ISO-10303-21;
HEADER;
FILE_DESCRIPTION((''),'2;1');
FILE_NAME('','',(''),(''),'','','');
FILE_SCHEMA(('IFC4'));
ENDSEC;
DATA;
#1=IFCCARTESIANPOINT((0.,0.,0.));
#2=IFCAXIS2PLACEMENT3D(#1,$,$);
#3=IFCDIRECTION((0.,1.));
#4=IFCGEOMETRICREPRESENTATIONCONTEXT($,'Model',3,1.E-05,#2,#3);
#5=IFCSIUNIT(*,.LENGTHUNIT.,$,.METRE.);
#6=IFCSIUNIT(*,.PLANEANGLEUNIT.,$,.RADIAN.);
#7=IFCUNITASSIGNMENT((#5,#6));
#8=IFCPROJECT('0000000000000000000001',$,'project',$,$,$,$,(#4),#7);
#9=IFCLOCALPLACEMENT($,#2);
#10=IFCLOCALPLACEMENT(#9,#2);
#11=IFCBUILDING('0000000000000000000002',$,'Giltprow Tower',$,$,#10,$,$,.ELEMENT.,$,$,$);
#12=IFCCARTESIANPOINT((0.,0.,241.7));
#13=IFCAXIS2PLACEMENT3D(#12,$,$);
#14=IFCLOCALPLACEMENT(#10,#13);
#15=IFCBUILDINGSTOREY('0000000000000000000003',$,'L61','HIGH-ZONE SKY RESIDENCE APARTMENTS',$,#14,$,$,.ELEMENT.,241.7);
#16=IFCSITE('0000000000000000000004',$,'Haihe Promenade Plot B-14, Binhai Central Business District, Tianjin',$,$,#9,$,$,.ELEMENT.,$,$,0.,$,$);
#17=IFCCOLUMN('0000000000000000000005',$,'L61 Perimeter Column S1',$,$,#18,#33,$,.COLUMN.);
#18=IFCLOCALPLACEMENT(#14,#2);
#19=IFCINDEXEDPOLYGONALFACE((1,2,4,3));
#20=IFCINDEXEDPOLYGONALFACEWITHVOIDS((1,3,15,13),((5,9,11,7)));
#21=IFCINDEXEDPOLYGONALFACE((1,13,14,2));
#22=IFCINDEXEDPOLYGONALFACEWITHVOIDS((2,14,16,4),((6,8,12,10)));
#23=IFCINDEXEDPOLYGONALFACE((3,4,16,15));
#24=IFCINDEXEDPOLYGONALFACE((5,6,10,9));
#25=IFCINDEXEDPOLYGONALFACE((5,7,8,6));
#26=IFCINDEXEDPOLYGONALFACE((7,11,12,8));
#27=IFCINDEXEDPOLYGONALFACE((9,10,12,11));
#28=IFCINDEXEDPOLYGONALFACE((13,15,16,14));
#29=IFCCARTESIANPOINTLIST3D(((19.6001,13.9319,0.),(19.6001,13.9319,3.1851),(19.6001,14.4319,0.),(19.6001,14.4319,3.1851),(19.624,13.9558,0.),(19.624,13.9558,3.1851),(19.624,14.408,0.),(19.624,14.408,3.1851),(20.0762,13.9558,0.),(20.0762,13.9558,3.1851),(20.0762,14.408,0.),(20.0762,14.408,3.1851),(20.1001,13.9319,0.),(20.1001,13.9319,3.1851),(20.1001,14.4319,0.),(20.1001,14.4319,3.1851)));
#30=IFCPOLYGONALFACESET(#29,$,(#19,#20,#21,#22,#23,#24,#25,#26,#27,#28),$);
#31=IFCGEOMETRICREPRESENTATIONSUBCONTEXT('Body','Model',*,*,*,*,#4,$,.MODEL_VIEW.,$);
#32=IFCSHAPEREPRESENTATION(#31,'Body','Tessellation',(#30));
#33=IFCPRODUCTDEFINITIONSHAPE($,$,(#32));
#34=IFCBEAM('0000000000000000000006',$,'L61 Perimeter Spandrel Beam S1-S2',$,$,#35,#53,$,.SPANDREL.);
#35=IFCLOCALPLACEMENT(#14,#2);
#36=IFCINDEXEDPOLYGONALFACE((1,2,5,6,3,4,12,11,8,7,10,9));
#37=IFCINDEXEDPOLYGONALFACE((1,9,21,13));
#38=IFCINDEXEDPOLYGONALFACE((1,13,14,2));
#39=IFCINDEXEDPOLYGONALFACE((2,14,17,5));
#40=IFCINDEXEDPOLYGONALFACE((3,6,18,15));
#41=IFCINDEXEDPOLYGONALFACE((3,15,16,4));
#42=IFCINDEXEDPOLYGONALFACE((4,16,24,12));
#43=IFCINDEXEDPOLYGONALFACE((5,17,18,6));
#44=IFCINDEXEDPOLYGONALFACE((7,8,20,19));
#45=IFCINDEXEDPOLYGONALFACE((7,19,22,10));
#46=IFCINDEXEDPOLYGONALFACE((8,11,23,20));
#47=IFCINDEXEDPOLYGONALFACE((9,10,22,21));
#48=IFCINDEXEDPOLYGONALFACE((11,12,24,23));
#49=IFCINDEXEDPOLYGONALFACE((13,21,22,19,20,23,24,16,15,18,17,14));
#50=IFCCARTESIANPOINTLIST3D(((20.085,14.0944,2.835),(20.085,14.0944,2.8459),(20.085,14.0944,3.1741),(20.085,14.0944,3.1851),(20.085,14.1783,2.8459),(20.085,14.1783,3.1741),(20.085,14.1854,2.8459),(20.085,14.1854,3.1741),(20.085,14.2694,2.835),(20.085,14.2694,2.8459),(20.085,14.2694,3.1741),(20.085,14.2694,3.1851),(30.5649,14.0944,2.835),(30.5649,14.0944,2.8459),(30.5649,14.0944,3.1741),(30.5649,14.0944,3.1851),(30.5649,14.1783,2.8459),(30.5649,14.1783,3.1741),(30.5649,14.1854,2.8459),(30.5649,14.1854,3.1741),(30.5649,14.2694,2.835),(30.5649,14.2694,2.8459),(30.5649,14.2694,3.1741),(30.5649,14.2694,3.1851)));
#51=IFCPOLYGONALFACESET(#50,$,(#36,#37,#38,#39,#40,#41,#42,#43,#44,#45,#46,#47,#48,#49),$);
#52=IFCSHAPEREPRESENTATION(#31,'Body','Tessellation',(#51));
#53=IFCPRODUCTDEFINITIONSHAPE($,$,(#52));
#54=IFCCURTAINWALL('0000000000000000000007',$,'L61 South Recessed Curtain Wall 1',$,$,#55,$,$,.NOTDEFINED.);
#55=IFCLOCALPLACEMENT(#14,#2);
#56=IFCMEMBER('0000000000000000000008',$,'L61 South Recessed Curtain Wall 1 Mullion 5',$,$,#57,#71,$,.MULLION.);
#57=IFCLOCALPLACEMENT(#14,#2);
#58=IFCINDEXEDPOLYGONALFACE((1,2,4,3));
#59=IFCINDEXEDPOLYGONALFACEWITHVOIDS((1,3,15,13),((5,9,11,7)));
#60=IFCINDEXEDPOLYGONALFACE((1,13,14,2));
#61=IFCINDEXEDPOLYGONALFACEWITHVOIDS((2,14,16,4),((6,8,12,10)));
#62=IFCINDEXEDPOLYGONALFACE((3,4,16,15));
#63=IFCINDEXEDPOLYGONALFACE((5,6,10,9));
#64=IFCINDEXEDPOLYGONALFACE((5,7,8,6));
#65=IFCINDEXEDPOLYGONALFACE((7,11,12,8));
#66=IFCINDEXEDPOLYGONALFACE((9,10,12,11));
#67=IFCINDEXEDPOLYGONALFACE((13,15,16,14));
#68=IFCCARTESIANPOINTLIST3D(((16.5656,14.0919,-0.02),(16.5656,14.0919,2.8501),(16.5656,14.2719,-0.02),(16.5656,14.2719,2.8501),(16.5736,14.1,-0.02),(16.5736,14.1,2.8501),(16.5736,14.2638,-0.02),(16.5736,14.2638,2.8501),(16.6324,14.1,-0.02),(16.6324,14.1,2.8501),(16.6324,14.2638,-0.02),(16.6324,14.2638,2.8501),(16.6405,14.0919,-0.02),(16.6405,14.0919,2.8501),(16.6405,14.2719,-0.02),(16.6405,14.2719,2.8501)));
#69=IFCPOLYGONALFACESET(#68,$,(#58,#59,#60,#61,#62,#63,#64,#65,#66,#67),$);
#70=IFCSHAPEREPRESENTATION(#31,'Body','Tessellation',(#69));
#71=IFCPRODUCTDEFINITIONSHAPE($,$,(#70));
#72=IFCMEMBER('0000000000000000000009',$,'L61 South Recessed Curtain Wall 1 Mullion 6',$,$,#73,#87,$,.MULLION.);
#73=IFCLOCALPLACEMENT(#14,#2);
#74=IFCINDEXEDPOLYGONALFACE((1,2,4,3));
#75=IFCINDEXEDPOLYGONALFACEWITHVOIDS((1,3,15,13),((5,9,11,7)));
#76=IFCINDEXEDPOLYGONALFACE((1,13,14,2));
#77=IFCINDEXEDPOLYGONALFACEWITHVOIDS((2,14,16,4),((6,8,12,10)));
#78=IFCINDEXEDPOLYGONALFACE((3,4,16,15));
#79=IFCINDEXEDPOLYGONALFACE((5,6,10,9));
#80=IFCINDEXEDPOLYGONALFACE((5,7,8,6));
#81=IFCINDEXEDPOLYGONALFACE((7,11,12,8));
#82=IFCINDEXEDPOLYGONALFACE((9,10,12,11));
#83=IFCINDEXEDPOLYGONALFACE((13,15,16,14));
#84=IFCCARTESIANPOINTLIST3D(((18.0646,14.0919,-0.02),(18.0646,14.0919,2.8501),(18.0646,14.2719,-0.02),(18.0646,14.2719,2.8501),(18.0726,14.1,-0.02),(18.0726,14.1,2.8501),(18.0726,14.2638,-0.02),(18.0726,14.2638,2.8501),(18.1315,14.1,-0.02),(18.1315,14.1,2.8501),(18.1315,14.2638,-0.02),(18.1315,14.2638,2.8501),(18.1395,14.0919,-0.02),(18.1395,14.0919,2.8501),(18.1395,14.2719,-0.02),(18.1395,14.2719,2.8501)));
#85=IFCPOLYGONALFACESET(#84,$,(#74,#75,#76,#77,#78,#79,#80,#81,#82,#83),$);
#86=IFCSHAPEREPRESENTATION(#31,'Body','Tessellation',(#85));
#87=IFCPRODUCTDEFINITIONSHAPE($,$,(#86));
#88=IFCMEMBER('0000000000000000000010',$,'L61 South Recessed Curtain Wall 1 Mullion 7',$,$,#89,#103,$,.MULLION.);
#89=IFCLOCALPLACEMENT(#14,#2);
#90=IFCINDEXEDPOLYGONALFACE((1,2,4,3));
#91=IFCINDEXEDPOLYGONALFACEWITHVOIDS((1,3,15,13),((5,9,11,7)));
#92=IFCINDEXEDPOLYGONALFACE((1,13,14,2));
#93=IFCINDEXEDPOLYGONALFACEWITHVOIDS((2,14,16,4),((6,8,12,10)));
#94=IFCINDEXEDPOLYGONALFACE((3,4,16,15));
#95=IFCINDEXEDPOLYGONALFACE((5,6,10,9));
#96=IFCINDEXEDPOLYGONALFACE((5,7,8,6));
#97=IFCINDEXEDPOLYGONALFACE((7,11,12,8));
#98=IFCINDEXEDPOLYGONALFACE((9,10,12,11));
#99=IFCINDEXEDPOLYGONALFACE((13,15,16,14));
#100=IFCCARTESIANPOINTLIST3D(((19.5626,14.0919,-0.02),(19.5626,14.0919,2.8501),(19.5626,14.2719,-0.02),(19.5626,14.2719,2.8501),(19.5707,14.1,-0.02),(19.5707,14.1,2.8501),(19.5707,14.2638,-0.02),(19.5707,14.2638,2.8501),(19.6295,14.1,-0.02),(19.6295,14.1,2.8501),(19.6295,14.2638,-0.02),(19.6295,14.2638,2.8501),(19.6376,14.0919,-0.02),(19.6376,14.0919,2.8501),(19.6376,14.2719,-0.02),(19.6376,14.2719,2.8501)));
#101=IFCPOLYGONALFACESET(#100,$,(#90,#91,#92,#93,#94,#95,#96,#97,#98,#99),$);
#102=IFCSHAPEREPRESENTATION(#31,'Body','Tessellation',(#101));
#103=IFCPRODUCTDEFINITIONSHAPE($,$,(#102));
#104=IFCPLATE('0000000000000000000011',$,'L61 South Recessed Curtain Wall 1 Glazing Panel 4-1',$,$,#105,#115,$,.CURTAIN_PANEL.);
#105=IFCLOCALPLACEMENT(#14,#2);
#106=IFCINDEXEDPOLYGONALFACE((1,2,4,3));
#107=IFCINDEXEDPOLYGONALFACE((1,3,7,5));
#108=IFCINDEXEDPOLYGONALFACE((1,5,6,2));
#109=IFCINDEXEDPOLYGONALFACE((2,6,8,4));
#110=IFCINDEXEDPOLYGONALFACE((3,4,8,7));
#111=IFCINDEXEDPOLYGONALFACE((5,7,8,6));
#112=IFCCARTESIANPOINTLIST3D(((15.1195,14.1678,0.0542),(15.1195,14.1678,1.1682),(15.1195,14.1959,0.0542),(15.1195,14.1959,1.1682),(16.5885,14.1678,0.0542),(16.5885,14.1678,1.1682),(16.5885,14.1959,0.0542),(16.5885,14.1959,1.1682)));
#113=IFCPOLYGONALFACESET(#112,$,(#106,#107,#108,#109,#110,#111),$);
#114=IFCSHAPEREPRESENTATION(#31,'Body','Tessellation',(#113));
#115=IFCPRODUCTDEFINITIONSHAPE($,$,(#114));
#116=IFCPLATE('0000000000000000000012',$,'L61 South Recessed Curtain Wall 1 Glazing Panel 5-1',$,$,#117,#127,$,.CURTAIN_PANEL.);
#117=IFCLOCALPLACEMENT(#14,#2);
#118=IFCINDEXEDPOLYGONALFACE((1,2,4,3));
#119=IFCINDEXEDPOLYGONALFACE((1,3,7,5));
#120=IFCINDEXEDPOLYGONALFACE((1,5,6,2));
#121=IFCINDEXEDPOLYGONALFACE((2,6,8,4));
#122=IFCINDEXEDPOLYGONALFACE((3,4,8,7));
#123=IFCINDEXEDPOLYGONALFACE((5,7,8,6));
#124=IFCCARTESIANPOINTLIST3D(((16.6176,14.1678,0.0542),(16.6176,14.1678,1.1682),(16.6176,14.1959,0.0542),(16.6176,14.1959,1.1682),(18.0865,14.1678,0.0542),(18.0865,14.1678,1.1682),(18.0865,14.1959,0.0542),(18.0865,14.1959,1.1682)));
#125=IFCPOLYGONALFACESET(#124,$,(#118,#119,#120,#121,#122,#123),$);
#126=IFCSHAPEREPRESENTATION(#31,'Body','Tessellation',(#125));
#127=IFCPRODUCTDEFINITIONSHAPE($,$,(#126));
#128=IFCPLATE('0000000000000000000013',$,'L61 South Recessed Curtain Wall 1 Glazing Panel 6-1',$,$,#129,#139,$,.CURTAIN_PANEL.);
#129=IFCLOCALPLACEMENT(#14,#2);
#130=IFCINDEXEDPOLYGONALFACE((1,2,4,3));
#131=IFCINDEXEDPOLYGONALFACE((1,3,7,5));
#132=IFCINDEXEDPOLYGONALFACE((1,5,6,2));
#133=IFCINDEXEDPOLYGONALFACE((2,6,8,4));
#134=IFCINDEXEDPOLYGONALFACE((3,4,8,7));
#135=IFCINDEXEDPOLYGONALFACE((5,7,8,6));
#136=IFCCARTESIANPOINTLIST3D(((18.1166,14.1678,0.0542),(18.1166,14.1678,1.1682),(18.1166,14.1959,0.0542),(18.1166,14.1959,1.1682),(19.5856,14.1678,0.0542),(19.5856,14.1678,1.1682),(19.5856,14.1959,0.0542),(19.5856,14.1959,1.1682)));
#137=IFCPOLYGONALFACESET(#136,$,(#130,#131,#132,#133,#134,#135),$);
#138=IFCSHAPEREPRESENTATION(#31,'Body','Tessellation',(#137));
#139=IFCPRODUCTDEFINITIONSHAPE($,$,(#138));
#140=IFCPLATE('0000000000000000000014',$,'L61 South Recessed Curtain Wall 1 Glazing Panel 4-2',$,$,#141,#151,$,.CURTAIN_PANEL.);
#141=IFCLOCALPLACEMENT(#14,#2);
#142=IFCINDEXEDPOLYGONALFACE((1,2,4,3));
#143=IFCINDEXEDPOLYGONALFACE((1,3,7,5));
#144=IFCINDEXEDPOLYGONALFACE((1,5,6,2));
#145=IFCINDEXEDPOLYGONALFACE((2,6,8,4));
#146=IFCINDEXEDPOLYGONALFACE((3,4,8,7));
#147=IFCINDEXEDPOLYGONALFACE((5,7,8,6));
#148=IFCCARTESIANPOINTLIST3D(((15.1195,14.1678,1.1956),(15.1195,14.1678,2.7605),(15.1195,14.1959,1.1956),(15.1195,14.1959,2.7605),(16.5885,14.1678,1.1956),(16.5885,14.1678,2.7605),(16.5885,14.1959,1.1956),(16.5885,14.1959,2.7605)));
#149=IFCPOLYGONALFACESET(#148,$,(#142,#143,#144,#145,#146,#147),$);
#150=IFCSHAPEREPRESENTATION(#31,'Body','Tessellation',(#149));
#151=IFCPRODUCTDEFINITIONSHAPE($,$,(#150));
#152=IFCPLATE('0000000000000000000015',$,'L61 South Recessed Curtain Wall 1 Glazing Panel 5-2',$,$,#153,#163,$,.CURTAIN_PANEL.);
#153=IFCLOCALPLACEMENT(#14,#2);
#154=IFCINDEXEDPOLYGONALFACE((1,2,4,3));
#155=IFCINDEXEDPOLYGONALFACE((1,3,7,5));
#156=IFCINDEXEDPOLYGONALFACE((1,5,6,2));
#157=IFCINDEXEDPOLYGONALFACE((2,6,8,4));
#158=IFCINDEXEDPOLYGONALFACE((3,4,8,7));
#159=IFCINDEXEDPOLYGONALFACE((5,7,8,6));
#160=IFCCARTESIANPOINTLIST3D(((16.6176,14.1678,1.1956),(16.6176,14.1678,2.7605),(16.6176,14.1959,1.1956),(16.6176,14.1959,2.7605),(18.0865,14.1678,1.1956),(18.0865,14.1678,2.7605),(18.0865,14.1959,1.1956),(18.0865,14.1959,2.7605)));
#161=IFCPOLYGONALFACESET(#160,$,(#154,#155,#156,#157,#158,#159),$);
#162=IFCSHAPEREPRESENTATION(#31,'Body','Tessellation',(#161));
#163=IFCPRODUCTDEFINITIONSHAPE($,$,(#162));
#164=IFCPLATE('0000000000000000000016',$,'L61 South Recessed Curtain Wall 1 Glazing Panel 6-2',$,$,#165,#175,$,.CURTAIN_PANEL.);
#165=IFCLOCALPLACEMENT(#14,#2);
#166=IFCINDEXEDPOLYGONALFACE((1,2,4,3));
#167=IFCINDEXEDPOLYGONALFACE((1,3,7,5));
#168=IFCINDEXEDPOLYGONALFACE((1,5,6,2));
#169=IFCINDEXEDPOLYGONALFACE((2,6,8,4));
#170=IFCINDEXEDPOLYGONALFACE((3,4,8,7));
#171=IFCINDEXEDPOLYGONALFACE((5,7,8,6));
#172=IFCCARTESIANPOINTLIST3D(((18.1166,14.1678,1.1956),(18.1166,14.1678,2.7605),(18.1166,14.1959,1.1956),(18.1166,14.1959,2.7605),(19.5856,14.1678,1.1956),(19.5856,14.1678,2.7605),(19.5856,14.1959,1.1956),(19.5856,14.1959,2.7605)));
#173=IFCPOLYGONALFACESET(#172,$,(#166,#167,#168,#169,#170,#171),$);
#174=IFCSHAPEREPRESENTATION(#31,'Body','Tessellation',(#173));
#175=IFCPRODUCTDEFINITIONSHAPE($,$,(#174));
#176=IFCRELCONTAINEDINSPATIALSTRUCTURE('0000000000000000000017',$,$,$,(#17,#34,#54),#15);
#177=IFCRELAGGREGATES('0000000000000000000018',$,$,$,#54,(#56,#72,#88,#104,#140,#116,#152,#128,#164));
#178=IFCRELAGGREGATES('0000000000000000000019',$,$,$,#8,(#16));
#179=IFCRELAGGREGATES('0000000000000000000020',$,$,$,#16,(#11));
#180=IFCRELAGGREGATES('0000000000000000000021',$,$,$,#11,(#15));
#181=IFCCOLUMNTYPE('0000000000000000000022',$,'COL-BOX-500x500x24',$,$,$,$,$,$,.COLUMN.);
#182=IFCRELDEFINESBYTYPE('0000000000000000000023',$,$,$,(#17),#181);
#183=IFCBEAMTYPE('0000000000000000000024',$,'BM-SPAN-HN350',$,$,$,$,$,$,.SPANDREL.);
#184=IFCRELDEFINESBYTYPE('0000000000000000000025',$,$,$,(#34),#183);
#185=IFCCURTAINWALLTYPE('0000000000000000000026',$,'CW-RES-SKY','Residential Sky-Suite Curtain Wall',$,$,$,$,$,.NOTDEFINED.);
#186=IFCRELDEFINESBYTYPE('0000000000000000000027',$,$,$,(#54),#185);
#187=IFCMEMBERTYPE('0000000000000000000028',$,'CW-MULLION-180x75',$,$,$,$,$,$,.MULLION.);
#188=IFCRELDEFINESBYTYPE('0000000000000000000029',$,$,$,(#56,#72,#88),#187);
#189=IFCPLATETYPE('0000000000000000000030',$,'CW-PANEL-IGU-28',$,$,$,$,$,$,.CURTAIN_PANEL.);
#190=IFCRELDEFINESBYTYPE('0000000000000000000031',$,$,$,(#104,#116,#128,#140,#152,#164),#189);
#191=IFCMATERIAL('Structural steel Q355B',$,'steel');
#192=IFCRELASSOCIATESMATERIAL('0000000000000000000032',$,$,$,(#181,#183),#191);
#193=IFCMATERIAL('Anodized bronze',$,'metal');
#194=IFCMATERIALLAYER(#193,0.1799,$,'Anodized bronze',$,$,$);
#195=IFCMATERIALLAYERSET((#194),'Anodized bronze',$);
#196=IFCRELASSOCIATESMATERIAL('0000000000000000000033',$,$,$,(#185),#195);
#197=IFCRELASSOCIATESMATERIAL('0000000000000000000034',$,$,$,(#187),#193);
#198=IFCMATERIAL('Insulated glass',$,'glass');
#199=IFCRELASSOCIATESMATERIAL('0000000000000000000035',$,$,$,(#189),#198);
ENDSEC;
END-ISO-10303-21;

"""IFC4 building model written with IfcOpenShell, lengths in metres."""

from ifc_helpers import new_model, si_unit, direction, frame, origin, origin_2d, place, context, subcontext, project, spatial, rectangle, hollow_rectangle, i_section, extrude, source, transform, mapped, material, layer, layer_set, material_profile, profile_set, type_object, element, aggregate, save


model = new_model("IFC4")

# Units and contexts
model_context = context("Model", 3, precision=1e-05, world=origin(), true_north=direction((0.0, 1.0)))
body_context = subcontext(model_context, "Body", "Model", "MODEL_VIEW")
ifc_project = project(units=[si_unit("LENGTHUNIT", "METRE"), si_unit("PLANEANGLEUNIT", "RADIAN")], contexts=[model_context])

# Site, building, storey
site_placement = place(None, origin())
site = spatial("IfcSite", under=ifc_project, at=site_placement, Name="Haihe Promenade Plot B-14, Binhai Central Business District, Tianjin", CompositionType="ELEMENT", RefElevation=0.0)
building_placement = place(site_placement, origin())
building = spatial("IfcBuilding", under=site, at=building_placement, Name="Giltprow Tower", CompositionType="ELEMENT")
storey_placement = place(building_placement, frame((0.0, 0.0, 241.7)))
storey = spatial("IfcBuildingStorey", under=building, at=storey_placement, Name="L61", Description="HIGH-ZONE SKY RESIDENCE APARTMENTS", CompositionType="ELEMENT", Elevation=241.7)

# Column
ifc_material_1 = material(Name="Structural steel Q355B", Category="steel")
ifc_material_profile_1 = material_profile(ifc_material_1, hollow_rectangle(XDim=0.5, YDim=0.5, WallThickness=0.0239, at=origin_2d()), Name="BOX 500x500x24")
ifc_profile_set_1 = profile_set([ifc_material_profile_1], Name="Structural steel Q355B")
column_type = type_object("IfcColumnType", Name="COL-BOX-500x500x24", PredefinedType="COLUMN", material=ifc_profile_set_1)
shared_shape_1 = source(origin(), body_context, "Body", "SweptSolid", [
    extrude(hollow_rectangle(XDim=0.5, YDim=0.5, WallThickness=0.0239, at=origin_2d()), origin(), (0.0, 0.0, 1.0), 3.1851),
])
column_placement = place(storey_placement, frame((19.8501, 14.1819, 0.0), z_axis=(0.0, 0.0, 1.0), x_axis=(1.0, 0.0, 0.0)))
element("IfcColumn", 1, at=column_placement, inside=storey, type_object=column_type, Name="L61 Perimeter Column S1", PredefinedType="COLUMN", context=body_context, shape_type="MappedRepresentation", body=[
    mapped(shared_shape_1, transform((0.0, 0.0, 0.0), x_axis=(1.0, 0.0, 0.0), y_axis=(0.0, 1.0, 0.0), z_axis=(0.0, 0.0, 1.0), scale=1.0)),
])

# Beam
ifc_material_profile_2 = material_profile(ifc_material_1, i_section(OverallWidth=0.175, OverallDepth=0.3501, WebThickness=0.0071, FlangeThickness=0.011, at=origin_2d()), Name="HN 350x175x7x11")
ifc_profile_set_2 = profile_set([ifc_material_profile_2], Name="Structural steel Q355B")
beam_type = type_object("IfcBeamType", Name="BM-SPAN-HN350", PredefinedType="SPANDREL", material=ifc_profile_set_2)
shared_shape_2 = source(origin(), body_context, "Body", "SweptSolid", [
    extrude(i_section(OverallWidth=0.175, OverallDepth=0.3501, WebThickness=0.0071, FlangeThickness=0.011, at=origin_2d()), origin(), (0.0, 0.0, 1.0), 10.48),
])
beam_placement = place(storey_placement, frame((20.085, 14.1819, 3.01), z_axis=(1.0, 0.0, 0.0), x_axis=(0.0, 1.0, 0.0)))
element("IfcBeam", 2, at=beam_placement, inside=storey, type_object=beam_type, Name="L61 Perimeter Spandrel Beam S1-S2", PredefinedType="SPANDREL", context=body_context, shape_type="MappedRepresentation", body=[
    mapped(shared_shape_2, transform((0.0, 0.0, 0.0), x_axis=(1.0, 0.0, 0.0), y_axis=(0.0, 1.0, 0.0), z_axis=(0.0, 0.0, 1.0), scale=1.0)),
])

# Curtain wall, members, plates
ifc_material_2 = material(Name="Anodized bronze", Category="metal")
ifc_layer = layer(ifc_material_2, 0.1799, Name="Anodized bronze")
ifc_layer_set = layer_set([ifc_layer], Name="Anodized bronze")
curtain_wall_type = type_object("IfcCurtainWallType", Name="CW-RES-SKY", Description="Residential Sky-Suite Curtain Wall", PredefinedType="NOTDEFINED", material=ifc_layer_set)
curtain_wall_placement = place(storey_placement, origin())
curtain_wall = element("IfcCurtainWall", 3, at=curtain_wall_placement, inside=storey, type_object=curtain_wall_type, Name="L61 South Recessed Curtain Wall 1", PredefinedType="NOTDEFINED")
ifc_material_profile_3 = material_profile(ifc_material_2, hollow_rectangle(XDim=0.075, YDim=0.1799, WallThickness=0.0081, at=origin_2d()), Name="RHS 180x75x8")
ifc_profile_set_3 = profile_set([ifc_material_profile_3], Name="Anodized bronze")
member_type = type_object("IfcMemberType", Name="CW-MULLION-180x75", PredefinedType="MULLION", material=ifc_profile_set_3)
shared_shape_3 = source(origin(), body_context, "Body", "SweptSolid", [
    extrude(hollow_rectangle(XDim=0.075, YDim=0.1799, WallThickness=0.0081, at=origin_2d()), origin(), (0.0, 0.0, 1.0), 2.8701),
])
member_1_placement = place(storey_placement, frame((16.603, 14.1819, -0.02), z_axis=(0.0, 0.0, 1.0), x_axis=(1.0, 0.0, 0.0)))
member_1 = element("IfcMember", 4, at=member_1_placement, type_object=member_type, Name="L61 South Recessed Curtain Wall 1 Mullion 5", PredefinedType="MULLION", context=body_context, shape_type="MappedRepresentation", body=[
    mapped(shared_shape_3, transform((0.0, 0.0, 0.0), x_axis=(1.0, 0.0, 0.0), y_axis=(0.0, 1.0, 0.0), z_axis=(0.0, 0.0, 1.0), scale=1.0)),
])
member_2_placement = place(storey_placement, frame((18.1021, 14.1819, -0.02), z_axis=(0.0, 0.0, 1.0), x_axis=(1.0, 0.0, 0.0)))
member_2 = element("IfcMember", 5, at=member_2_placement, type_object=member_type, Name="L61 South Recessed Curtain Wall 1 Mullion 6", PredefinedType="MULLION", context=body_context, shape_type="MappedRepresentation", body=[
    mapped(shared_shape_3, transform((0.0, 0.0, 0.0), x_axis=(1.0, 0.0, 0.0), y_axis=(0.0, 1.0, 0.0), z_axis=(0.0, 0.0, 1.0), scale=1.0)),
])
member_3_placement = place(storey_placement, frame((19.6001, 14.1819, -0.02), z_axis=(0.0, 0.0, 1.0), x_axis=(1.0, 0.0, 0.0)))
member_3 = element("IfcMember", 6, at=member_3_placement, type_object=member_type, Name="L61 South Recessed Curtain Wall 1 Mullion 7", PredefinedType="MULLION", context=body_context, shape_type="MappedRepresentation", body=[
    mapped(shared_shape_3, transform((0.0, 0.0, 0.0), x_axis=(1.0, 0.0, 0.0), y_axis=(0.0, 1.0, 0.0), z_axis=(0.0, 0.0, 1.0), scale=1.0)),
])
ifc_material_3 = material(Name="Insulated glass", Category="glass")
plate_type = type_object("IfcPlateType", Name="CW-PANEL-IGU-28", PredefinedType="CURTAIN_PANEL", material=ifc_material_3)
shared_shape_4 = source(origin(), body_context, "Body", "SweptSolid", [
    extrude(rectangle(XDim=1.469, YDim=0.0281, at=origin_2d()), origin(), (0.0, 0.0, 1.0), 1.114),
])
plate_1_placement = place(storey_placement, frame((15.854, 14.1819, 0.0542), z_axis=(0.0, 0.0, 1.0), x_axis=(1.0, 0.0, 0.0)))
plate_1 = element("IfcPlate", 7, at=plate_1_placement, type_object=plate_type, Name="L61 South Recessed Curtain Wall 1 Glazing Panel 4-1", PredefinedType="CURTAIN_PANEL", context=body_context, shape_type="MappedRepresentation", body=[
    mapped(shared_shape_4, transform((0.0, 0.0, 0.0), x_axis=(1.0, 0.0, 0.0), y_axis=(0.0, 1.0, 0.0), z_axis=(0.0, 0.0, 1.0), scale=1.0)),
])
plate_2_placement = place(storey_placement, frame((17.3521, 14.1819, 0.0542), z_axis=(0.0, 0.0, 1.0), x_axis=(1.0, 0.0, 0.0)))
plate_2 = element("IfcPlate", 8, at=plate_2_placement, type_object=plate_type, Name="L61 South Recessed Curtain Wall 1 Glazing Panel 5-1", PredefinedType="CURTAIN_PANEL", context=body_context, shape_type="MappedRepresentation", body=[
    mapped(shared_shape_4, transform((0.0, 0.0, 0.0), x_axis=(1.0, 0.0, 0.0), y_axis=(0.0, 1.0, 0.0), z_axis=(0.0, 0.0, 1.0), scale=1.0)),
])
plate_3_placement = place(storey_placement, frame((18.8511, 14.1819, 0.0542), z_axis=(0.0, 0.0, 1.0), x_axis=(1.0, 0.0, 0.0)))
plate_3 = element("IfcPlate", 9, at=plate_3_placement, type_object=plate_type, Name="L61 South Recessed Curtain Wall 1 Glazing Panel 6-1", PredefinedType="CURTAIN_PANEL", context=body_context, shape_type="MappedRepresentation", body=[
    mapped(shared_shape_4, transform((0.0, 0.0, 0.0), x_axis=(1.0, 0.0, 0.0), y_axis=(0.0, 1.0, 0.0), z_axis=(0.0, 0.0, 1.0), scale=1.0)),
])
shared_shape_5 = source(origin(), body_context, "Body", "SweptSolid", [
    extrude(rectangle(XDim=1.469, YDim=0.0281, at=origin_2d()), origin(), (0.0, 0.0, 1.0), 1.5649),
])
plate_4_placement = place(storey_placement, frame((15.854, 14.1819, 1.1956), z_axis=(0.0, 0.0, 1.0), x_axis=(1.0, 0.0, 0.0)))
plate_4 = element("IfcPlate", 10, at=plate_4_placement, type_object=plate_type, Name="L61 South Recessed Curtain Wall 1 Glazing Panel 4-2", PredefinedType="CURTAIN_PANEL", context=body_context, shape_type="MappedRepresentation", body=[
    mapped(shared_shape_5, transform((0.0, 0.0, 0.0), x_axis=(1.0, 0.0, 0.0), y_axis=(0.0, 1.0, 0.0), z_axis=(0.0, 0.0, 1.0), scale=1.0)),
])
plate_5_placement = place(storey_placement, frame((17.3521, 14.1819, 1.1956), z_axis=(0.0, 0.0, 1.0), x_axis=(1.0, 0.0, 0.0)))
plate_5 = element("IfcPlate", 11, at=plate_5_placement, type_object=plate_type, Name="L61 South Recessed Curtain Wall 1 Glazing Panel 5-2", PredefinedType="CURTAIN_PANEL", context=body_context, shape_type="MappedRepresentation", body=[
    mapped(shared_shape_5, transform((0.0, 0.0, 0.0), x_axis=(1.0, 0.0, 0.0), y_axis=(0.0, 1.0, 0.0), z_axis=(0.0, 0.0, 1.0), scale=1.0)),
])
plate_6_placement = place(storey_placement, frame((18.8511, 14.1819, 1.1956), z_axis=(0.0, 0.0, 1.0), x_axis=(1.0, 0.0, 0.0)))
plate_6 = element("IfcPlate", 12, at=plate_6_placement, type_object=plate_type, Name="L61 South Recessed Curtain Wall 1 Glazing Panel 6-2", PredefinedType="CURTAIN_PANEL", context=body_context, shape_type="MappedRepresentation", body=[
    mapped(shared_shape_5, transform((0.0, 0.0, 0.0), x_axis=(1.0, 0.0, 0.0), y_axis=(0.0, 1.0, 0.0), z_axis=(0.0, 0.0, 1.0), scale=1.0)),
])
aggregate(curtain_wall, [member_1, member_2, member_3, plate_1, plate_4, plate_2, plate_5, plate_3, plate_6])

save(model, "model.ifc")
